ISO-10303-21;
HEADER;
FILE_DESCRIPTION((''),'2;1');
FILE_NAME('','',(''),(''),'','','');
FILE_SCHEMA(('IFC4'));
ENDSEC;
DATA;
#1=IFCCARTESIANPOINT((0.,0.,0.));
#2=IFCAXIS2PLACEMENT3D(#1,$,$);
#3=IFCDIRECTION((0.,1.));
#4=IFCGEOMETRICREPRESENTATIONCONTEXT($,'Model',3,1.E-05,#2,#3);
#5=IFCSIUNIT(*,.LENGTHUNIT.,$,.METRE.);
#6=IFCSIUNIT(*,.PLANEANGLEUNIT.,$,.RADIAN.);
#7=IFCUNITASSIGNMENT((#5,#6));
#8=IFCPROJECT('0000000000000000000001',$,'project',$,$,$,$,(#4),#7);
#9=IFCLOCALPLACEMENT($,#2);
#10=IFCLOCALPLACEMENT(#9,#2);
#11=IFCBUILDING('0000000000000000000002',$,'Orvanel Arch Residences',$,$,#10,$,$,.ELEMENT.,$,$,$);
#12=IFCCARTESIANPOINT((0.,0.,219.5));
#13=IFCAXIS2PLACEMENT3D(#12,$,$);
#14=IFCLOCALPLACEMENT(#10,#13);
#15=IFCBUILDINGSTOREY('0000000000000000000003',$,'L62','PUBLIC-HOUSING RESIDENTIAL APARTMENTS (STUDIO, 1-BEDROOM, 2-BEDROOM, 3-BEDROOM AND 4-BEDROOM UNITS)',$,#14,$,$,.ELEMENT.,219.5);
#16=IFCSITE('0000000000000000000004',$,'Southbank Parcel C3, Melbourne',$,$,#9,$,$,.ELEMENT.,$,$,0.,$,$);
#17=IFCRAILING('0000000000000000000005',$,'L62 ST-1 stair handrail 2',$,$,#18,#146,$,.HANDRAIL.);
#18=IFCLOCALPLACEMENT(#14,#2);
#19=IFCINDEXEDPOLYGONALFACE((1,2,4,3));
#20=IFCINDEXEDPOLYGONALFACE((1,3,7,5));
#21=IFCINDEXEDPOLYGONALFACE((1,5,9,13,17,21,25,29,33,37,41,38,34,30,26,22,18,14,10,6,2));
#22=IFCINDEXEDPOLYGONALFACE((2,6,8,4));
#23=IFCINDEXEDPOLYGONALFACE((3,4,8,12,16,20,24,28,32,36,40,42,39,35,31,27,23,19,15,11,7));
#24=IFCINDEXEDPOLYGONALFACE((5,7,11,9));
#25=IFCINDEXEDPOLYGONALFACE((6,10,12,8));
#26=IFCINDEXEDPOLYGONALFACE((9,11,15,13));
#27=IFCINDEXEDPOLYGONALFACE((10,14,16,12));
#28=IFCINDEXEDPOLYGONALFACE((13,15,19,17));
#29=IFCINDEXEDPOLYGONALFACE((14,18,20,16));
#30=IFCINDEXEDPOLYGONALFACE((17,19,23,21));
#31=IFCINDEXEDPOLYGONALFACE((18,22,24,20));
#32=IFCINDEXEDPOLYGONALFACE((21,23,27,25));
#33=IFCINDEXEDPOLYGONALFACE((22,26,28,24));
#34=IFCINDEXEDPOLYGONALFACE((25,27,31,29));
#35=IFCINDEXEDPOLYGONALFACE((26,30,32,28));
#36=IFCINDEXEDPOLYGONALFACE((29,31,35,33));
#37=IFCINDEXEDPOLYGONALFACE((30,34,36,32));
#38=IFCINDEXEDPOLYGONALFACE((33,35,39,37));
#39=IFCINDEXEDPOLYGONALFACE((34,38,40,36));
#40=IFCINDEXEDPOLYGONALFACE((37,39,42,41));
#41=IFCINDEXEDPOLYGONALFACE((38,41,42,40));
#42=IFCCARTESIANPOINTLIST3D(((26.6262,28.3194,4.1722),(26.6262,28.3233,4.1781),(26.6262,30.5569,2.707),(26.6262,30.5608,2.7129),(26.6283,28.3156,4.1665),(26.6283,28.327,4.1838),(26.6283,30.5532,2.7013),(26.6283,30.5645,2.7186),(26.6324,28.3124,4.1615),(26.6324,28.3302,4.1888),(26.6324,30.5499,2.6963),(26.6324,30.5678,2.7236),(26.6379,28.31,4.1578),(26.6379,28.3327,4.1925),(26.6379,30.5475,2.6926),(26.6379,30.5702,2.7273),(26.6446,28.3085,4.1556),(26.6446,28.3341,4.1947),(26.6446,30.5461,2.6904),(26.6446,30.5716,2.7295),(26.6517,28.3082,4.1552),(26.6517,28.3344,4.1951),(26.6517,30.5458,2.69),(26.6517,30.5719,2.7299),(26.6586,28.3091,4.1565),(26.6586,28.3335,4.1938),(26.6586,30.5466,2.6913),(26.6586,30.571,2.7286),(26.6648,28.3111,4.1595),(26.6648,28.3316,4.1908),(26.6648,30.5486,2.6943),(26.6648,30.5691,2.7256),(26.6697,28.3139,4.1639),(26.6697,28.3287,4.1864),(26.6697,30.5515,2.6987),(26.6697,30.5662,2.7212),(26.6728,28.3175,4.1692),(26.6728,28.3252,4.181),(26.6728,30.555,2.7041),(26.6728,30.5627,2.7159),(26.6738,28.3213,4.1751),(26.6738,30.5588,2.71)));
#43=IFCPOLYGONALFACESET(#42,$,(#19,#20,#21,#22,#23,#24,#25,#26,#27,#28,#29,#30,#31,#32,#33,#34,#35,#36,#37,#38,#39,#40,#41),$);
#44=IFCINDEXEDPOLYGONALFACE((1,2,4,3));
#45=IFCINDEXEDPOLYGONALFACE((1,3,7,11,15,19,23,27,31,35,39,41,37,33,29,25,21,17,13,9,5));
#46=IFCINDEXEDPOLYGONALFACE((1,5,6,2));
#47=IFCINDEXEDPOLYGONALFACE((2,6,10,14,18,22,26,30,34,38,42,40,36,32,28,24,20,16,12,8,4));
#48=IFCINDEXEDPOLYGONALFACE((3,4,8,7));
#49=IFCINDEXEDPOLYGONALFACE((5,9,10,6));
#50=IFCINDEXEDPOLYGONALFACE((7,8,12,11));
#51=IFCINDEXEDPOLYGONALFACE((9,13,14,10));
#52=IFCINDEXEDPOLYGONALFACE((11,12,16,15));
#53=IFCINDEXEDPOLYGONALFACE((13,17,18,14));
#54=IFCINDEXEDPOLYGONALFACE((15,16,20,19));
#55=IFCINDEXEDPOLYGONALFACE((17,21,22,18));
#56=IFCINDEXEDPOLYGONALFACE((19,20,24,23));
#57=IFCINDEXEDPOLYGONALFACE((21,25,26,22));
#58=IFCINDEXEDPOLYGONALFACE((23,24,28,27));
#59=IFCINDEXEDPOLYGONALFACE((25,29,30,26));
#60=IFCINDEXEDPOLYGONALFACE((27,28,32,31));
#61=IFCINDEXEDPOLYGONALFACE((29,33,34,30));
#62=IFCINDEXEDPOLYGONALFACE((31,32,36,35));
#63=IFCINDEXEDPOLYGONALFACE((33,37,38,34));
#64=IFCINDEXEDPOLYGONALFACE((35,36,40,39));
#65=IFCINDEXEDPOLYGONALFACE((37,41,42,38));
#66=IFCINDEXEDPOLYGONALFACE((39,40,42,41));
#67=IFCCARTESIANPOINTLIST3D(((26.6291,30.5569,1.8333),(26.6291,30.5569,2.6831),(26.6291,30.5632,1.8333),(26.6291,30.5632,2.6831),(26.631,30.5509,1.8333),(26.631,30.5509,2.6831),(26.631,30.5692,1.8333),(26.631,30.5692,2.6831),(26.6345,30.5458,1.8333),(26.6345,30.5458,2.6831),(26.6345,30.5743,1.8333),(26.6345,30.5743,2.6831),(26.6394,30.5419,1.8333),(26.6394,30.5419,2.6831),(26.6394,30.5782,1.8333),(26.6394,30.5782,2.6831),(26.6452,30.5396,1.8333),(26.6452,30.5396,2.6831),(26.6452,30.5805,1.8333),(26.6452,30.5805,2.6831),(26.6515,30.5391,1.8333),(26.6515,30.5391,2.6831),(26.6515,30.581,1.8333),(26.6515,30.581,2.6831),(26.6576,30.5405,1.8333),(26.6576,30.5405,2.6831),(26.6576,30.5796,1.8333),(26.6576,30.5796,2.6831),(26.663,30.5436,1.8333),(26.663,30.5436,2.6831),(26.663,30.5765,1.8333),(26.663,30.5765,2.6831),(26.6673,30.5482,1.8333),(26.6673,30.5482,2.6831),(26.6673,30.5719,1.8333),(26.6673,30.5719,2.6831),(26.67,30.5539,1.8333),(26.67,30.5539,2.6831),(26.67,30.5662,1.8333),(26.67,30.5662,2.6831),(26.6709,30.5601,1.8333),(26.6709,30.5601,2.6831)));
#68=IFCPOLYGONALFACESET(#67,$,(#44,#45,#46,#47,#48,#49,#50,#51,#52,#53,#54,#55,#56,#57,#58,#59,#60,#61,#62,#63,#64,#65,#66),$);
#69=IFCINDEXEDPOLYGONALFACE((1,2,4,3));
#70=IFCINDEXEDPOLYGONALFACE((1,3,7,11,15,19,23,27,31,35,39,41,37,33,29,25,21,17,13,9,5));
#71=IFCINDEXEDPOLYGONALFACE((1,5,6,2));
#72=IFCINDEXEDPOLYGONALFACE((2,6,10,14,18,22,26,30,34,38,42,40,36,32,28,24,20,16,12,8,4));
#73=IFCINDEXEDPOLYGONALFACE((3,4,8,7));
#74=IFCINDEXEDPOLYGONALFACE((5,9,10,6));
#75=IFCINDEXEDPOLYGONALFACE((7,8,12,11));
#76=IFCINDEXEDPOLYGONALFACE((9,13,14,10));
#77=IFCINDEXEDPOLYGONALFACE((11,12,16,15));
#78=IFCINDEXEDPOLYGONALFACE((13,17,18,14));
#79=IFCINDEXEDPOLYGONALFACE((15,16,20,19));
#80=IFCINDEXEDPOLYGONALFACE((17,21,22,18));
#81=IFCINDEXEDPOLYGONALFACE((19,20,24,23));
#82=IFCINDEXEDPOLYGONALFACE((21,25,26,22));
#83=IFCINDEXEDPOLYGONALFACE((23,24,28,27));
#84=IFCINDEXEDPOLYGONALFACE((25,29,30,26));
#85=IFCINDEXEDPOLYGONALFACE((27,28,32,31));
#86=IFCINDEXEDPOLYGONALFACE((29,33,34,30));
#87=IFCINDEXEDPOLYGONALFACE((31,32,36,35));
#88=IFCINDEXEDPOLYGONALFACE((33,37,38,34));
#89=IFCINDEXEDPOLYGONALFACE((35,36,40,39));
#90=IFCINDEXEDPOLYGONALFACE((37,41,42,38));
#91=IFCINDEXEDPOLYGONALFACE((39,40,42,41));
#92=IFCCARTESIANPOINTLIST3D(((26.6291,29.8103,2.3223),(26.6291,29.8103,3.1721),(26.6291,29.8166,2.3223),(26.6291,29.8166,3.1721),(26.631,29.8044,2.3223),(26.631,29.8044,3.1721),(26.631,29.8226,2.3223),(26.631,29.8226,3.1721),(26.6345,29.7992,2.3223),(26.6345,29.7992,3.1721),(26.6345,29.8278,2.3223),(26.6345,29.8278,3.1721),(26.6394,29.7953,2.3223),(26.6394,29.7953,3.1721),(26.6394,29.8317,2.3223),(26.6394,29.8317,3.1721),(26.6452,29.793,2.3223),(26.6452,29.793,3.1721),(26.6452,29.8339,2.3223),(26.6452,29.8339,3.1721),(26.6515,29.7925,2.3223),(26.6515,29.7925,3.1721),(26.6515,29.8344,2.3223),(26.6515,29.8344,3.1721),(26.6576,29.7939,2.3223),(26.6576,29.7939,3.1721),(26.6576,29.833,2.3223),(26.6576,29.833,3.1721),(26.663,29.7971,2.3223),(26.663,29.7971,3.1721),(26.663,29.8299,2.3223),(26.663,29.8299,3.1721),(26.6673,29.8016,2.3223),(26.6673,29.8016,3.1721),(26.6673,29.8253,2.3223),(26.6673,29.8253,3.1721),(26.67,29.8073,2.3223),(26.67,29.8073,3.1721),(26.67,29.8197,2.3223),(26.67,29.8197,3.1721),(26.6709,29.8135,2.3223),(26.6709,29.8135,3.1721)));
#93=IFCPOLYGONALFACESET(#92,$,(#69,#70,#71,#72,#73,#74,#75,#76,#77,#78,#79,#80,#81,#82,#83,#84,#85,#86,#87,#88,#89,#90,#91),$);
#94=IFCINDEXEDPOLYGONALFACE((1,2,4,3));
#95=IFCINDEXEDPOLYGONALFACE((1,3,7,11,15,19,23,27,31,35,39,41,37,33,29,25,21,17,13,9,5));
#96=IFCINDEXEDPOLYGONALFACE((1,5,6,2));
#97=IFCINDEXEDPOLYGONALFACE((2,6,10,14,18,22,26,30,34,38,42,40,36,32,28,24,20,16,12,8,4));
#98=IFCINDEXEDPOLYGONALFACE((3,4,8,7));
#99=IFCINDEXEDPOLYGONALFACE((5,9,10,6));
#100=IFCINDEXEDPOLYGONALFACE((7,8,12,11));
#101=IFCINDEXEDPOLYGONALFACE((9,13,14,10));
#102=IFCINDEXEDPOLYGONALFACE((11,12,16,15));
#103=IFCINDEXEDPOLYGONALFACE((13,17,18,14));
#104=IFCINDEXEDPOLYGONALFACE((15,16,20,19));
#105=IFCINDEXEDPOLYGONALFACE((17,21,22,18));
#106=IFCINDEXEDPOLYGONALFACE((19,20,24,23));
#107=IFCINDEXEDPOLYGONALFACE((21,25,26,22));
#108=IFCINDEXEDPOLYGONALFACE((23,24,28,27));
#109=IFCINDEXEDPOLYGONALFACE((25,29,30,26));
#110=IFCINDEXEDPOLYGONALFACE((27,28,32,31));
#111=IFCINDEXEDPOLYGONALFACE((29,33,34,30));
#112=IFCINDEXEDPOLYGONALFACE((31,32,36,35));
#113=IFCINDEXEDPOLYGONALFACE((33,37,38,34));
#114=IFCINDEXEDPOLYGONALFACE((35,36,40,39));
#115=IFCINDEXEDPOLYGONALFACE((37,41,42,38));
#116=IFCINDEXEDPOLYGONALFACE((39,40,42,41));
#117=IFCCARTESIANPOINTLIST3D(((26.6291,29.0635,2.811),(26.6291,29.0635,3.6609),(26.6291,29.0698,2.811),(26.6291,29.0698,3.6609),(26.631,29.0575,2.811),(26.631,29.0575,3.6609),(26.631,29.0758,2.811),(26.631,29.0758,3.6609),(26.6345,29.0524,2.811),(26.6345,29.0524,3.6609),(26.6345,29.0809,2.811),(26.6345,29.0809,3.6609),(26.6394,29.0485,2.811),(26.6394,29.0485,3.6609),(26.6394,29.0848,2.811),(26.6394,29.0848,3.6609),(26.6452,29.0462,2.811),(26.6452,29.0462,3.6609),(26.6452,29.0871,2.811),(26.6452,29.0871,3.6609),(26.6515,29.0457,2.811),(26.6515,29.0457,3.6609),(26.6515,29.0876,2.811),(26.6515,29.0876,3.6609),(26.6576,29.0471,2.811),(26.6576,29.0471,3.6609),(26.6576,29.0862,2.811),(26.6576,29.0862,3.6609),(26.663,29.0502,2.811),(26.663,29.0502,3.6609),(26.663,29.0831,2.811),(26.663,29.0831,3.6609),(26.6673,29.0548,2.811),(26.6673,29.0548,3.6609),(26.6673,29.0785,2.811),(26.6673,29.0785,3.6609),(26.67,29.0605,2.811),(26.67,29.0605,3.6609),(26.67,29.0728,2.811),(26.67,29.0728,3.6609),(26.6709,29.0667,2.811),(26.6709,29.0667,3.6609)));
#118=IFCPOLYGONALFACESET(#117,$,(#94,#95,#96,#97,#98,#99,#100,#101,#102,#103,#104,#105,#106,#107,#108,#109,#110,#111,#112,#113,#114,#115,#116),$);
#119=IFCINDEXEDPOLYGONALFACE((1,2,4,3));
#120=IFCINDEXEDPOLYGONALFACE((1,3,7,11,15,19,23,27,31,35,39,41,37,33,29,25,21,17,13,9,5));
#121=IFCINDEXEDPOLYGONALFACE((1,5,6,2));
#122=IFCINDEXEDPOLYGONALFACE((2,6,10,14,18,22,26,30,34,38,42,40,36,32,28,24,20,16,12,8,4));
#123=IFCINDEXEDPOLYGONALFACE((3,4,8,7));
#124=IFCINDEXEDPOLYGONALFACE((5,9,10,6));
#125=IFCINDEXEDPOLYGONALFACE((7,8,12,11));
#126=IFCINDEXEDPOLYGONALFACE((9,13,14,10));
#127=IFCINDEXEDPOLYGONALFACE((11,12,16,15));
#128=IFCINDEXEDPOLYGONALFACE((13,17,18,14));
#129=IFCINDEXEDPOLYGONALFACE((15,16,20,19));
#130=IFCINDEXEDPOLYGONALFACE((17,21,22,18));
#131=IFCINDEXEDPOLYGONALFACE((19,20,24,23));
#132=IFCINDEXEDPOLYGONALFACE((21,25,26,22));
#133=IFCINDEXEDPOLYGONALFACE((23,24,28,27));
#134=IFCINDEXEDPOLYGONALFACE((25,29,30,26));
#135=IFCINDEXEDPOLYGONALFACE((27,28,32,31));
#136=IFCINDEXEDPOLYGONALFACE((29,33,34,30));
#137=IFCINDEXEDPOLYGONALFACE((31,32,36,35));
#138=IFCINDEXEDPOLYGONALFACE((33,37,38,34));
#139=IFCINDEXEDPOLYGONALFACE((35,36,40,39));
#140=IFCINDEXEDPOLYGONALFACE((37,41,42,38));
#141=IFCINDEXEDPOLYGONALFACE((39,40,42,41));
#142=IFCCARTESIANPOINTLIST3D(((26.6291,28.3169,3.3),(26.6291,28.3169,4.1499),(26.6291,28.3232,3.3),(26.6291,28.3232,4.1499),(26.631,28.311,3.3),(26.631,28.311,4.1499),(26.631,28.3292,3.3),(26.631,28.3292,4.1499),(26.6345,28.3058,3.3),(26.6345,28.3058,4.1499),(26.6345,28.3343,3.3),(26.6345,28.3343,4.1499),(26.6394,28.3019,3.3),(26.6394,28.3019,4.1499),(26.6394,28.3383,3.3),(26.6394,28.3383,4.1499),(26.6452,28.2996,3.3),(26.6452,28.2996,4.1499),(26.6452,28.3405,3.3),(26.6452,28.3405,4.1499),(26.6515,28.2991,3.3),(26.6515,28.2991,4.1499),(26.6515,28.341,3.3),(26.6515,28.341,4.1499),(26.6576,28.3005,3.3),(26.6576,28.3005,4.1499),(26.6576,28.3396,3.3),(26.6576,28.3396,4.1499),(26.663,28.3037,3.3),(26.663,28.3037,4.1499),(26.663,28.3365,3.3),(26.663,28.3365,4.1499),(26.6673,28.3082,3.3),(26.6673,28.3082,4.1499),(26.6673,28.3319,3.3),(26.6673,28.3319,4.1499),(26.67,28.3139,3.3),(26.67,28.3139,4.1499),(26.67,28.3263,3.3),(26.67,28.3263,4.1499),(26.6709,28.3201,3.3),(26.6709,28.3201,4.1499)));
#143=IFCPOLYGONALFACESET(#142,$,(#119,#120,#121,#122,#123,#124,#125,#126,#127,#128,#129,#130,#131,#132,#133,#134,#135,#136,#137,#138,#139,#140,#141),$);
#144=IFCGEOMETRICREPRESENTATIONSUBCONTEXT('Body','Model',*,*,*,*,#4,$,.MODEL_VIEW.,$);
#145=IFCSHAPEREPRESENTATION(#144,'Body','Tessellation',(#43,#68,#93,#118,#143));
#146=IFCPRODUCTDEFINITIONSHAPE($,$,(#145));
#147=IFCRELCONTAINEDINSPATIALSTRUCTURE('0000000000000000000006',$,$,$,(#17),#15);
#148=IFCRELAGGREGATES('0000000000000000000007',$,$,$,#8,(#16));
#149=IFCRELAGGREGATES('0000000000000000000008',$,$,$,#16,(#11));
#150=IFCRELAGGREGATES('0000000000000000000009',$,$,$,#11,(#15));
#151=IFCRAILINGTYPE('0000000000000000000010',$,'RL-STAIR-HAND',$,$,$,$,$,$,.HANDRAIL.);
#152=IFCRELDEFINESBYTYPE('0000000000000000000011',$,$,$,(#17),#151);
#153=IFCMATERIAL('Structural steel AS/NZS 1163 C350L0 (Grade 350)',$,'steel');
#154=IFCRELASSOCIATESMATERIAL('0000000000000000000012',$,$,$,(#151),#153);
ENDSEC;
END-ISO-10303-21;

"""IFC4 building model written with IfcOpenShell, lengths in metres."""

from ifc_helpers import new_model, si_unit, direction, frame, origin, origin_2d, place, context, subcontext, project, spatial, circle, extrude, material, type_object, element, save


model = new_model("IFC4")

# Units and contexts
model_context = context("Model", 3, precision=1e-05, world=origin(), true_north=direction((0.0, 1.0)))
body_context = subcontext(model_context, "Body", "Model", "MODEL_VIEW")
ifc_project = project(units=[si_unit("LENGTHUNIT", "METRE"), si_unit("PLANEANGLEUNIT", "RADIAN")], contexts=[model_context])

# Site, building, storey
site_placement = place(None, origin())
site = spatial("IfcSite", under=ifc_project, at=site_placement, Name="Southbank Parcel C3, Melbourne", CompositionType="ELEMENT", RefElevation=0.0)
building_placement = place(site_placement, origin())
building = spatial("IfcBuilding", under=site, at=building_placement, Name="Orvanel Arch Residences", CompositionType="ELEMENT")
storey_placement = place(building_placement, frame((0.0, 0.0, 219.5)))
storey = spatial("IfcBuildingStorey", under=building, at=storey_placement, Name="L62", Description="PUBLIC-HOUSING RESIDENTIAL APARTMENTS (STUDIO, 1-BEDROOM, 2-BEDROOM, 3-BEDROOM AND 4-BEDROOM UNITS)", CompositionType="ELEMENT", Elevation=219.5)

# Railing
ifc_material_1 = material(Name="Structural steel AS/NZS 1163 C350L0 (Grade 350)", Category="steel")
railing_type_1 = type_object("IfcRailingType", Name="RL-STAIR-HAND", PredefinedType="HANDRAIL", material=ifc_material_1)
railing_1_placement = place(storey_placement, frame((26.6499, 30.5601, 1.8333)))
element("IfcRailing", 1, at=railing_1_placement, inside=storey, type_object=railing_type_1, Name="L62 ST-1 stair handrail 2", PredefinedType="HANDRAIL", context=body_context, shape_type="SweptSolid", body=[
    extrude(circle(Radius=0.0239, at=origin_2d()), frame((0.0, -0.0012, 0.8767), z_axis=(0.0, -0.836595, 0.547822), x_axis=(1.0, 0.0, 0.0)), (0.0, 0.0, 1.0), 2.6746),
    extrude(circle(Radius=0.021, at=origin_2d()), origin(), (0.0, 0.0, 1.0), 0.8499),
    extrude(circle(Radius=0.021, at=origin_2d()), frame((0.0, -0.7466, 0.489)), (0.0, 0.0, 1.0), 0.8499),
    extrude(circle(Radius=0.021, at=origin_2d()), frame((0.0, -1.4934, 0.9778)), (0.0, 0.0, 1.0), 0.8499),
    extrude(circle(Radius=0.021, at=origin_2d()), frame((0.0, -2.24, 1.4668)), (0.0, 0.0, 1.0), 0.8499),
])

save(model, "model.ifc")
